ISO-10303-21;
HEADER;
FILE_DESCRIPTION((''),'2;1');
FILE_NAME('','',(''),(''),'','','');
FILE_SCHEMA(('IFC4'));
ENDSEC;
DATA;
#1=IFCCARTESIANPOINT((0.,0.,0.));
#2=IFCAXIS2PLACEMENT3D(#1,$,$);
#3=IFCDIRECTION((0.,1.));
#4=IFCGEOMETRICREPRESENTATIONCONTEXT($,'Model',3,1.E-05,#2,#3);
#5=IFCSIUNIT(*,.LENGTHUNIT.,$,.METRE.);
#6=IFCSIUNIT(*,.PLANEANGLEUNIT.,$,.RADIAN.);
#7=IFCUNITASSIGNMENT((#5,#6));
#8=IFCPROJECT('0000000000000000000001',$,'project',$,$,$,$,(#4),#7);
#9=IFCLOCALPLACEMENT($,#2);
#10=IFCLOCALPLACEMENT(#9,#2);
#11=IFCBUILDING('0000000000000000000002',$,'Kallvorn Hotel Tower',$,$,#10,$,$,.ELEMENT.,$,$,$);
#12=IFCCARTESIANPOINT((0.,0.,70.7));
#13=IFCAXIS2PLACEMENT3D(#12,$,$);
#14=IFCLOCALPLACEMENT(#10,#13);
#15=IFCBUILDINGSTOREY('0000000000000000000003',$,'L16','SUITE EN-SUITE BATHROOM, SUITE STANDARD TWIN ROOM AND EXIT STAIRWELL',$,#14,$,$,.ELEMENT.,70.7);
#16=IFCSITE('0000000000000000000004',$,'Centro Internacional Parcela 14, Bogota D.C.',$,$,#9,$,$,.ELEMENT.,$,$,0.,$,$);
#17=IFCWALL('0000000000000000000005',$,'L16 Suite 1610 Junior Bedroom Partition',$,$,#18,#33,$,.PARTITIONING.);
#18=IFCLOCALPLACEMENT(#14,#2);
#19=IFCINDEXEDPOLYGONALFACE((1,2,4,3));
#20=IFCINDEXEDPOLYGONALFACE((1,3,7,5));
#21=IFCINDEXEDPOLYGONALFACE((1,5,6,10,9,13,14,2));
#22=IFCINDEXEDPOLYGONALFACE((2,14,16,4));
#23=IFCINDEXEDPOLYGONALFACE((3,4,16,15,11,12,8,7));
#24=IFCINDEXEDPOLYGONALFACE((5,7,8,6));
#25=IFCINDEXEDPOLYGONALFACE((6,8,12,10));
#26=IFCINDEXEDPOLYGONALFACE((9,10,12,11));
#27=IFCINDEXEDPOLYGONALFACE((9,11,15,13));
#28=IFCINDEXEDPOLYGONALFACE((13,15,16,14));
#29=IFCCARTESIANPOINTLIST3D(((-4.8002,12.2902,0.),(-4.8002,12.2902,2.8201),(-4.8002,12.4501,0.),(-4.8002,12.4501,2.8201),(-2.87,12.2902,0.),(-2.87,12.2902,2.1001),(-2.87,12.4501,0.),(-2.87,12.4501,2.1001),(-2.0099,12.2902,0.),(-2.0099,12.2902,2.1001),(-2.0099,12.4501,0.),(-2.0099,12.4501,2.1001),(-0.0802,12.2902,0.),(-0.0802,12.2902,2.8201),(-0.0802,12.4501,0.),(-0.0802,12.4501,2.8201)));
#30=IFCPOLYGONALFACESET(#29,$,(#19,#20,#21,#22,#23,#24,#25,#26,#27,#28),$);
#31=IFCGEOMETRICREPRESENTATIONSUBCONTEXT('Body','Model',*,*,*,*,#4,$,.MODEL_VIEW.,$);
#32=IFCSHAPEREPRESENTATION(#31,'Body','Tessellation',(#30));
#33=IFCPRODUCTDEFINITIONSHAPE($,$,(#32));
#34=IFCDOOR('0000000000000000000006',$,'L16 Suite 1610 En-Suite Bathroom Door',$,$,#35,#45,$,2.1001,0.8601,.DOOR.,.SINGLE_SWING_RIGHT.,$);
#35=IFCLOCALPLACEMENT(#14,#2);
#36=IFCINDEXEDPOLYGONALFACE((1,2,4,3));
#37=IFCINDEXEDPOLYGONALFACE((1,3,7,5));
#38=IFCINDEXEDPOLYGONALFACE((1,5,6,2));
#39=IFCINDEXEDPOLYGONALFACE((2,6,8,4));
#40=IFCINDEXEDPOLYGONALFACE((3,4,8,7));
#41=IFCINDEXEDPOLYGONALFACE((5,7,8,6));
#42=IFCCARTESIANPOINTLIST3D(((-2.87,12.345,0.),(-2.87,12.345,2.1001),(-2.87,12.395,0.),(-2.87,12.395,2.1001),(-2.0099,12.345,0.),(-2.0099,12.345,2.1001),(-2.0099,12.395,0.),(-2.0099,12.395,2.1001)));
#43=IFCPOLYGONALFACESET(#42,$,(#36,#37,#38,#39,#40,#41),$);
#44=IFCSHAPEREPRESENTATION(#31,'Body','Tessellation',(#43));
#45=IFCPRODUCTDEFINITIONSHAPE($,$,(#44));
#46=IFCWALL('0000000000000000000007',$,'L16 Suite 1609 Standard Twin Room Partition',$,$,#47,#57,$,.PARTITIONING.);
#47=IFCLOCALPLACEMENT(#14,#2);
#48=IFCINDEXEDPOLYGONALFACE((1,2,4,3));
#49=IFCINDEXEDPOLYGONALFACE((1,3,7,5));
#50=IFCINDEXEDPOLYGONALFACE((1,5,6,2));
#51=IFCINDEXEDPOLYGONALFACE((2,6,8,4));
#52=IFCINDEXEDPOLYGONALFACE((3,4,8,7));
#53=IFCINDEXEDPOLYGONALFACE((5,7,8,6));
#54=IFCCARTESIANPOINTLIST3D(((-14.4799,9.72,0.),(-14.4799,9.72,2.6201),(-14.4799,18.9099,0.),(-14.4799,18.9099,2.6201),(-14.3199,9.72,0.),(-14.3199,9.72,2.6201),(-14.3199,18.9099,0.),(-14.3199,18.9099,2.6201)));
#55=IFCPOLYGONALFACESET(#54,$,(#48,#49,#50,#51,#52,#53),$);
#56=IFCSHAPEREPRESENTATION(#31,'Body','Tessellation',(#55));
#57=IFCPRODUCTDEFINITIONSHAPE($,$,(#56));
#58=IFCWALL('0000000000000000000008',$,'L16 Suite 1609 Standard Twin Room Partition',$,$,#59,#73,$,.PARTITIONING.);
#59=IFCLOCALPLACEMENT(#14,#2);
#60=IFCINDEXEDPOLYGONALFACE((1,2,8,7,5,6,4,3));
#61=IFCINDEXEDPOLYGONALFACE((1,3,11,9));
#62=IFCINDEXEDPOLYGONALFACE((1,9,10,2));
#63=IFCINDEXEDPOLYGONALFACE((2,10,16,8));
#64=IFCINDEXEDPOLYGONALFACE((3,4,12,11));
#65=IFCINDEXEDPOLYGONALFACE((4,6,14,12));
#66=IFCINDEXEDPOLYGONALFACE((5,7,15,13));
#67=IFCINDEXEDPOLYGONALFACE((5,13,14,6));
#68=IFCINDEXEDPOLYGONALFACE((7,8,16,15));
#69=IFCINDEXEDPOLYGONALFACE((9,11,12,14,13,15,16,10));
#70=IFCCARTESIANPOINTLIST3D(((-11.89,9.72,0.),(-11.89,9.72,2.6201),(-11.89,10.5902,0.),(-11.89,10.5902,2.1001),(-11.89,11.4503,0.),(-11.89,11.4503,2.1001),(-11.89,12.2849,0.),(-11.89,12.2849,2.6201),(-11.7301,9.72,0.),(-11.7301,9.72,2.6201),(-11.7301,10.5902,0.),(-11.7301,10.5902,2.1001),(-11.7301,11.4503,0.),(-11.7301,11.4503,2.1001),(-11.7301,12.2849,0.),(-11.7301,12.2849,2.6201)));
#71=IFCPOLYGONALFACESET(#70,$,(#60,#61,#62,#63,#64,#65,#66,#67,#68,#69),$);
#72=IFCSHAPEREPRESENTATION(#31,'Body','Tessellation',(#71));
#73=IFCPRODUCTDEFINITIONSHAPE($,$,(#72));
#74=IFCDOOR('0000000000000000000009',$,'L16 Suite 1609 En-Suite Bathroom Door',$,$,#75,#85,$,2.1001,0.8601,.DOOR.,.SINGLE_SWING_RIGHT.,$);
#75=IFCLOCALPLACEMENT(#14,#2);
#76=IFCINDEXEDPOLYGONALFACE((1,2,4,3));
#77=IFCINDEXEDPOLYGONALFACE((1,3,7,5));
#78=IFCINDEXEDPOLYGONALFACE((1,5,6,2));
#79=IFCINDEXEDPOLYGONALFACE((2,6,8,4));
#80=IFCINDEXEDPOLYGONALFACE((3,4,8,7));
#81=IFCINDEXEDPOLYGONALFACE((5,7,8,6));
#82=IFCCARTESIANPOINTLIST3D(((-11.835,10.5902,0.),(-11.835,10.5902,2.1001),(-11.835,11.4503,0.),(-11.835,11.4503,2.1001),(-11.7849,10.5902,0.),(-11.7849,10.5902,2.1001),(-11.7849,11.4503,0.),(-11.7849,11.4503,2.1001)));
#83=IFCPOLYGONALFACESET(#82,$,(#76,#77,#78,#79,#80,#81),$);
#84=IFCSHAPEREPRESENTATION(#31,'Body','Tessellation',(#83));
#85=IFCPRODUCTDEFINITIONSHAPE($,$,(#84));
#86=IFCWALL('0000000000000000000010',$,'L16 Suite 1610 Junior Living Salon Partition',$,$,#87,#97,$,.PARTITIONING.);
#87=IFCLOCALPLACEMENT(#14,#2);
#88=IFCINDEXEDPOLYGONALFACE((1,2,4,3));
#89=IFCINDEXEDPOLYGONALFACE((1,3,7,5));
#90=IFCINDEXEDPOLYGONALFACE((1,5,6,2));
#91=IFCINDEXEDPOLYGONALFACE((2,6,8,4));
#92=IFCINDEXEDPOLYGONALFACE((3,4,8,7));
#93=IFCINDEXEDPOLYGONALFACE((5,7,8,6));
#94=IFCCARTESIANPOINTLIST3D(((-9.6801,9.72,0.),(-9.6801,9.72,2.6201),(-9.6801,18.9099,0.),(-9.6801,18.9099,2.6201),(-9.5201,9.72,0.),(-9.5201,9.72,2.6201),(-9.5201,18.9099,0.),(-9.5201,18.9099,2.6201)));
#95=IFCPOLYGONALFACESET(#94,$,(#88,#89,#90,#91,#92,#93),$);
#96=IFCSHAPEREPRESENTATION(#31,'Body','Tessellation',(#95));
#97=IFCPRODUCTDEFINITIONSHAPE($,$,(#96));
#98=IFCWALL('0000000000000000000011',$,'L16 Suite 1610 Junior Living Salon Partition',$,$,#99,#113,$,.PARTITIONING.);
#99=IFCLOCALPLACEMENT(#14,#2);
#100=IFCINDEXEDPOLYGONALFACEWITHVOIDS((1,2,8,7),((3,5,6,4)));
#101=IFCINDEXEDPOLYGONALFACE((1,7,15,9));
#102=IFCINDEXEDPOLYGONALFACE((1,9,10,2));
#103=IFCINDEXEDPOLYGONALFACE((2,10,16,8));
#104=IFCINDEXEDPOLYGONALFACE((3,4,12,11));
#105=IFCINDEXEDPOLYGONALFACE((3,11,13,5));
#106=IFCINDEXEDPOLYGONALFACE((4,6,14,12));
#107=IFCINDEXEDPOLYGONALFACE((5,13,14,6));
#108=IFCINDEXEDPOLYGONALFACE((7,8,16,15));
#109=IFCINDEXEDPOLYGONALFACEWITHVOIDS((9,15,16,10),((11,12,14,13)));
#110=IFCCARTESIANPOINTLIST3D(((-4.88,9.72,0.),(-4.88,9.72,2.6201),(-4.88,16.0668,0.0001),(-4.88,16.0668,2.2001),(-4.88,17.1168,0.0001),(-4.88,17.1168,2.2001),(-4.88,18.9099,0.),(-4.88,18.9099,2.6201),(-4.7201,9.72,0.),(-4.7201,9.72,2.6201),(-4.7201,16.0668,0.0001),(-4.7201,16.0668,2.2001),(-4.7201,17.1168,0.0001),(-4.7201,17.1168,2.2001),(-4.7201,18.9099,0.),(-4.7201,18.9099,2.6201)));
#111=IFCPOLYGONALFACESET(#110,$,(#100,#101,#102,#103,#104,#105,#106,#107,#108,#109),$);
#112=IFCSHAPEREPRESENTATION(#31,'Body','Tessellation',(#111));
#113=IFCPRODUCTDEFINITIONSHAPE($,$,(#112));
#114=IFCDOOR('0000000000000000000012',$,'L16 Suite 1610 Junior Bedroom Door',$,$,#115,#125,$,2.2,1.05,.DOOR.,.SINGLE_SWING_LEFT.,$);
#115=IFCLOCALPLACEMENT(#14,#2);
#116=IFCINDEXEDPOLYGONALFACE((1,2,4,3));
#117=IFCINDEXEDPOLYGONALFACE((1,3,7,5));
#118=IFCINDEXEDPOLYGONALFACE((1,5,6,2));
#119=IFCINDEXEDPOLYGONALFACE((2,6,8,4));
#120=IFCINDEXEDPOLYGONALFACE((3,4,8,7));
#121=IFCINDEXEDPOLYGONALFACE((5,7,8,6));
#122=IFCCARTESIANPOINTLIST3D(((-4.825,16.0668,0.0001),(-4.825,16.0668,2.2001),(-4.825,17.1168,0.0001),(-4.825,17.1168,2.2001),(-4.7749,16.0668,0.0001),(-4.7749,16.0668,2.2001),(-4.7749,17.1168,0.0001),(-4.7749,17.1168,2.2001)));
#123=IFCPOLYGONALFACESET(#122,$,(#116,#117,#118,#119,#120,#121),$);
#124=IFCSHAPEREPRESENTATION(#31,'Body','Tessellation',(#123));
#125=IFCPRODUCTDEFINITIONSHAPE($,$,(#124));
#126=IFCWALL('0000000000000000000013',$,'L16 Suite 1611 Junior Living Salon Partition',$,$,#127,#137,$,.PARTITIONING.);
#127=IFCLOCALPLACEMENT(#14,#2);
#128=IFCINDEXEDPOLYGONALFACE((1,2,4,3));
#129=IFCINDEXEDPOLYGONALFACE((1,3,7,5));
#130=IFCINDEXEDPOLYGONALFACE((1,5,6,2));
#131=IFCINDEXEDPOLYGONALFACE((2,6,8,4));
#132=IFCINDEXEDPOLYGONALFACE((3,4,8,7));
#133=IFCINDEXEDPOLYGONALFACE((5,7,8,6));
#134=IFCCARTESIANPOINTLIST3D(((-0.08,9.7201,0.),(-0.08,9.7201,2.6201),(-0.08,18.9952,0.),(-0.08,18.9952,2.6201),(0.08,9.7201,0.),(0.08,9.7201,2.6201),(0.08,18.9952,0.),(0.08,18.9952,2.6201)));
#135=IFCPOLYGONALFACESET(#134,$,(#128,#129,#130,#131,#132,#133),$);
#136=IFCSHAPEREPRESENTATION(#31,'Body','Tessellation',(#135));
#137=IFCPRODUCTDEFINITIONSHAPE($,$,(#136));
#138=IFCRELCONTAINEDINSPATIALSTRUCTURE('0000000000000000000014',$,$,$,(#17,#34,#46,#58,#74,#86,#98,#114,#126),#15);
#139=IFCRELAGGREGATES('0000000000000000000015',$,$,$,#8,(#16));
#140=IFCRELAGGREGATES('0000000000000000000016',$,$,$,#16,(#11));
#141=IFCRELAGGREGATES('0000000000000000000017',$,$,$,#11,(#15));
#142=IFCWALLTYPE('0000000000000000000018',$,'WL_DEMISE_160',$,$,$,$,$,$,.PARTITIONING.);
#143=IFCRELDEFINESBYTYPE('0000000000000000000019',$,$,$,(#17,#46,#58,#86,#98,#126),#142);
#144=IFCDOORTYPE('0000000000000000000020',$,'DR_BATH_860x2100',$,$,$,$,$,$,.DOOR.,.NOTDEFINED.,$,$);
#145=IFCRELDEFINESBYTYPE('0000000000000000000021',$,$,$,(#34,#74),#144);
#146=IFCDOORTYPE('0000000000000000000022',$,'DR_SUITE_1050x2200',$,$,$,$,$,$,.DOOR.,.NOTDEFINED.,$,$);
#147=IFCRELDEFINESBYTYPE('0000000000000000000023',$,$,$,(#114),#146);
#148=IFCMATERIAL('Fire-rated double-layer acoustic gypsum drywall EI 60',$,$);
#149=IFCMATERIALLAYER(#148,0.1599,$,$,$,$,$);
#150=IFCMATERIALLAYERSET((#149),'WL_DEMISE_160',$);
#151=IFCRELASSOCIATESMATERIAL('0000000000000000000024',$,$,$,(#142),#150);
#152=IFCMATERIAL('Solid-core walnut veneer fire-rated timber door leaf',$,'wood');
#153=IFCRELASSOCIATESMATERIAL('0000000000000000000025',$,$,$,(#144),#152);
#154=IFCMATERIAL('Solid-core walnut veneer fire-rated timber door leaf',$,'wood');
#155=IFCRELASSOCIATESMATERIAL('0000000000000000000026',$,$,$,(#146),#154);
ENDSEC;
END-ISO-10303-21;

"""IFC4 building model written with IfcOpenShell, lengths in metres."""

from ifc_helpers import new_model, si_unit, direction, frame, frame_2d, origin, place, context, subcontext, project, spatial, rectangle, extrude, material, layer, layer_set, type_object, element, fill, save


model = new_model("IFC4")

# Units and contexts
model_context = context("Model", 3, precision=1e-05, world=origin(), true_north=direction((0.0, 1.0)))
body_context = subcontext(model_context, "Body", "Model", "MODEL_VIEW")
ifc_project = project(units=[si_unit("LENGTHUNIT", "METRE"), si_unit("PLANEANGLEUNIT", "RADIAN")], contexts=[model_context])

# Site, building, storey
site_placement = place(None, origin())
site = spatial("IfcSite", under=ifc_project, at=site_placement, Name="Centro Internacional Parcela 14, Bogota D.C.", CompositionType="ELEMENT", RefElevation=0.0)
building_placement = place(site_placement, origin())
building = spatial("IfcBuilding", under=site, at=building_placement, Name="Kallvorn Hotel Tower", CompositionType="ELEMENT")
storey_placement = place(building_placement, frame((0.0, 0.0, 70.7)))
storey = spatial("IfcBuildingStorey", under=building, at=storey_placement, Name="L16", Description="SUITE EN-SUITE BATHROOM, SUITE STANDARD TWIN ROOM AND EXIT STAIRWELL", CompositionType="ELEMENT", Elevation=70.7)

# Shared definitions
ifc_material_1 = material(Name="Fire-rated double-layer acoustic gypsum drywall EI 60")
ifc_layer_1 = layer(ifc_material_1, 0.1599)
ifc_layer_set_1 = layer_set([ifc_layer_1], Name="WL_DEMISE_160")
wall_type = type_object("IfcWallType", Name="WL_DEMISE_160", PredefinedType="PARTITIONING", material=ifc_layer_set_1)

# Wall, opening, door
wall_1_placement = place(storey_placement, frame((-4.8, 12.3701, 0.0), z_axis=(0.0, 0.0, 1.0), x_axis=(1.0, 0.0, 0.0)))
wall_1 = element("IfcWall", 1, at=wall_1_placement, inside=storey, type_object=wall_type, Name="L16 Suite 1610 Junior Bedroom Partition", PredefinedType="PARTITIONING", context=body_context, shape_type="SweptSolid", body=[
    extrude(rectangle(XDim=4.72, YDim=0.1599, at=frame_2d((2.3599, 0.0))), origin(), (0.0, 0.0, 1.0), 2.8201),
])
opening_1_placement = place(wall_1_placement, frame((1.9299, 0.0, 0.0)))
opening_1 = element("IfcOpeningElement", 2, at=opening_1_placement, cuts=wall_1, PredefinedType="OPENING", context=body_context, shape_type="SweptSolid", body=[
    extrude(rectangle(XDim=0.8601, YDim=2.1001, at=frame_2d((0.4302, 1.05))), frame((0.0, 0.095, 0.0), z_axis=(0.0, -1.0, 0.0), x_axis=(1.0, 0.0, 0.0)), (0.0, 0.0, 1.0), 0.1899),
])
ifc_material_2 = material(Name="Solid-core walnut veneer fire-rated timber door leaf", Category="wood")
door_type_1 = type_object("IfcDoorType", Name="DR_BATH_860x2100", OperationType="NOTDEFINED", PredefinedType="DOOR", material=ifc_material_2)
door_1_placement = place(opening_1_placement, origin())
door_1 = element("IfcDoor", 3, at=door_1_placement, inside=storey, type_object=door_type_1, Name="L16 Suite 1610 En-Suite Bathroom Door", OperationType="SINGLE_SWING_RIGHT", OverallHeight=2.1001, OverallWidth=0.8601, PredefinedType="DOOR", context=body_context, shape_type="SweptSolid", body=[
    extrude(rectangle(XDim=0.8601, YDim=2.1001, at=frame_2d((0.4302, 1.05))), frame((0.0, 0.0249, 0.0), z_axis=(0.0, -1.0, 0.0), x_axis=(1.0, 0.0, 0.0)), (0.0, 0.0, 1.0), 0.05),
])
fill(opening_1, door_1)

# Wall
wall_2_placement = place(storey_placement, frame((-14.3999, 9.72, 0.0), z_axis=(0.0, 0.0, 1.0), x_axis=(0.0, 1.0, 0.0)))
element("IfcWall", 4, at=wall_2_placement, inside=storey, type_object=wall_type, Name="L16 Suite 1609 Standard Twin Room Partition", PredefinedType="PARTITIONING", context=body_context, shape_type="SweptSolid", body=[
    extrude(rectangle(XDim=9.1899, YDim=0.1599, at=frame_2d((4.595, 0.0))), origin(), (0.0, 0.0, 1.0), 2.6201),
])

# Wall, opening, door
wall_3_placement = place(storey_placement, frame((-11.8101, 9.72, 0.0), z_axis=(0.0, 0.0, 1.0), x_axis=(0.0, 1.0, 0.0)))
wall_3 = element("IfcWall", 5, at=wall_3_placement, inside=storey, type_object=wall_type, Name="L16 Suite 1609 Standard Twin Room Partition", PredefinedType="PARTITIONING", context=body_context, shape_type="SweptSolid", body=[
    extrude(rectangle(XDim=2.5649, YDim=0.1599, at=frame_2d((1.2825, 0.0))), origin(), (0.0, 0.0, 1.0), 2.6201),
])
opening_2_placement = place(wall_3_placement, frame((0.8701, 0.0, 0.0)))
opening_2 = element("IfcOpeningElement", 6, at=opening_2_placement, cuts=wall_3, PredefinedType="OPENING", context=body_context, shape_type="SweptSolid", body=[
    extrude(rectangle(XDim=0.8601, YDim=2.1001, at=frame_2d((0.4302, 1.05))), frame((0.0, 0.095, 0.0), z_axis=(0.0, -1.0, 0.0), x_axis=(1.0, 0.0, 0.0)), (0.0, 0.0, 1.0), 0.1899),
])
door_2_placement = place(opening_2_placement, origin())
door_2 = element("IfcDoor", 7, at=door_2_placement, inside=storey, type_object=door_type_1, Name="L16 Suite 1609 En-Suite Bathroom Door", OperationType="SINGLE_SWING_RIGHT", OverallHeight=2.1001, OverallWidth=0.8601, PredefinedType="DOOR", context=body_context, shape_type="SweptSolid", body=[
    extrude(rectangle(XDim=0.8601, YDim=2.1001, at=frame_2d((0.4302, 1.05))), frame((0.0, 0.0249, 0.0), z_axis=(0.0, -1.0, 0.0), x_axis=(1.0, 0.0, 0.0)), (0.0, 0.0, 1.0), 0.05),
])
fill(opening_2, door_2)

# Wall
wall_4_placement = place(storey_placement, frame((-9.6001, 9.72, 0.0), z_axis=(0.0, 0.0, 1.0), x_axis=(0.0, 1.0, 0.0)))
element("IfcWall", 8, at=wall_4_placement, inside=storey, type_object=wall_type, Name="L16 Suite 1610 Junior Living Salon Partition", PredefinedType="PARTITIONING", context=body_context, shape_type="SweptSolid", body=[
    extrude(rectangle(XDim=9.1899, YDim=0.1599, at=frame_2d((4.595, 0.0))), origin(), (0.0, 0.0, 1.0), 2.6201),
])

# Wall, opening, door
wall_5_placement = place(storey_placement, frame((-4.8, 9.72, 0.0), z_axis=(0.0, 0.0, 1.0), x_axis=(0.0, 1.0, 0.0)))
wall_5 = element("IfcWall", 9, at=wall_5_placement, inside=storey, type_object=wall_type, Name="L16 Suite 1610 Junior Living Salon Partition", PredefinedType="PARTITIONING", context=body_context, shape_type="SweptSolid", body=[
    extrude(rectangle(XDim=9.1899, YDim=0.1599, at=frame_2d((4.595, 0.0))), origin(), (0.0, 0.0, 1.0), 2.6201),
])
opening_3_placement = place(wall_5_placement, frame((6.3469, 0.0, 0.0)))
opening_3 = element("IfcOpeningElement", 10, at=opening_3_placement, cuts=wall_5, PredefinedType="OPENING", context=body_context, shape_type="SweptSolid", body=[
    extrude(rectangle(XDim=1.05, YDim=2.2, at=frame_2d((0.5249, 1.1001))), frame((0.0, 0.095, 0.0), z_axis=(0.0, -1.0, 0.0), x_axis=(1.0, 0.0, 0.0)), (0.0, 0.0, 1.0), 0.1899),
])
ifc_material_3 = material(Name="Solid-core walnut veneer fire-rated timber door leaf", Category="wood")
door_type_2 = type_object("IfcDoorType", Name="DR_SUITE_1050x2200", OperationType="NOTDEFINED", PredefinedType="DOOR", material=ifc_material_3)
door_3_placement = place(opening_3_placement, origin())
door_3 = element("IfcDoor", 11, at=door_3_placement, inside=storey, type_object=door_type_2, Name="L16 Suite 1610 Junior Bedroom Door", OperationType="SINGLE_SWING_LEFT", OverallHeight=2.2, OverallWidth=1.05, PredefinedType="DOOR", context=body_context, shape_type="SweptSolid", body=[
    extrude(rectangle(XDim=1.05, YDim=2.2, at=frame_2d((0.5249, 1.1001))), frame((0.0, 0.0249, 0.0), z_axis=(0.0, -1.0, 0.0), x_axis=(1.0, 0.0, 0.0)), (0.0, 0.0, 1.0), 0.05),
])
fill(opening_3, door_3)

# Wall
wall_6_placement = place(storey_placement, frame((0.0, 9.72, 0.0), z_axis=(0.0, 0.0, 1.0), x_axis=(0.0, 1.0, 0.0)))
element("IfcWall", 12, at=wall_6_placement, inside=storey, type_object=wall_type, Name="L16 Suite 1611 Junior Living Salon Partition", PredefinedType="PARTITIONING", context=body_context, shape_type="SweptSolid", body=[
    extrude(rectangle(XDim=9.2751, YDim=0.1599, at=frame_2d((4.6377, 0.0))), origin(), (0.0, 0.0, 1.0), 2.6201),
])

save(model, "model.ifc")
